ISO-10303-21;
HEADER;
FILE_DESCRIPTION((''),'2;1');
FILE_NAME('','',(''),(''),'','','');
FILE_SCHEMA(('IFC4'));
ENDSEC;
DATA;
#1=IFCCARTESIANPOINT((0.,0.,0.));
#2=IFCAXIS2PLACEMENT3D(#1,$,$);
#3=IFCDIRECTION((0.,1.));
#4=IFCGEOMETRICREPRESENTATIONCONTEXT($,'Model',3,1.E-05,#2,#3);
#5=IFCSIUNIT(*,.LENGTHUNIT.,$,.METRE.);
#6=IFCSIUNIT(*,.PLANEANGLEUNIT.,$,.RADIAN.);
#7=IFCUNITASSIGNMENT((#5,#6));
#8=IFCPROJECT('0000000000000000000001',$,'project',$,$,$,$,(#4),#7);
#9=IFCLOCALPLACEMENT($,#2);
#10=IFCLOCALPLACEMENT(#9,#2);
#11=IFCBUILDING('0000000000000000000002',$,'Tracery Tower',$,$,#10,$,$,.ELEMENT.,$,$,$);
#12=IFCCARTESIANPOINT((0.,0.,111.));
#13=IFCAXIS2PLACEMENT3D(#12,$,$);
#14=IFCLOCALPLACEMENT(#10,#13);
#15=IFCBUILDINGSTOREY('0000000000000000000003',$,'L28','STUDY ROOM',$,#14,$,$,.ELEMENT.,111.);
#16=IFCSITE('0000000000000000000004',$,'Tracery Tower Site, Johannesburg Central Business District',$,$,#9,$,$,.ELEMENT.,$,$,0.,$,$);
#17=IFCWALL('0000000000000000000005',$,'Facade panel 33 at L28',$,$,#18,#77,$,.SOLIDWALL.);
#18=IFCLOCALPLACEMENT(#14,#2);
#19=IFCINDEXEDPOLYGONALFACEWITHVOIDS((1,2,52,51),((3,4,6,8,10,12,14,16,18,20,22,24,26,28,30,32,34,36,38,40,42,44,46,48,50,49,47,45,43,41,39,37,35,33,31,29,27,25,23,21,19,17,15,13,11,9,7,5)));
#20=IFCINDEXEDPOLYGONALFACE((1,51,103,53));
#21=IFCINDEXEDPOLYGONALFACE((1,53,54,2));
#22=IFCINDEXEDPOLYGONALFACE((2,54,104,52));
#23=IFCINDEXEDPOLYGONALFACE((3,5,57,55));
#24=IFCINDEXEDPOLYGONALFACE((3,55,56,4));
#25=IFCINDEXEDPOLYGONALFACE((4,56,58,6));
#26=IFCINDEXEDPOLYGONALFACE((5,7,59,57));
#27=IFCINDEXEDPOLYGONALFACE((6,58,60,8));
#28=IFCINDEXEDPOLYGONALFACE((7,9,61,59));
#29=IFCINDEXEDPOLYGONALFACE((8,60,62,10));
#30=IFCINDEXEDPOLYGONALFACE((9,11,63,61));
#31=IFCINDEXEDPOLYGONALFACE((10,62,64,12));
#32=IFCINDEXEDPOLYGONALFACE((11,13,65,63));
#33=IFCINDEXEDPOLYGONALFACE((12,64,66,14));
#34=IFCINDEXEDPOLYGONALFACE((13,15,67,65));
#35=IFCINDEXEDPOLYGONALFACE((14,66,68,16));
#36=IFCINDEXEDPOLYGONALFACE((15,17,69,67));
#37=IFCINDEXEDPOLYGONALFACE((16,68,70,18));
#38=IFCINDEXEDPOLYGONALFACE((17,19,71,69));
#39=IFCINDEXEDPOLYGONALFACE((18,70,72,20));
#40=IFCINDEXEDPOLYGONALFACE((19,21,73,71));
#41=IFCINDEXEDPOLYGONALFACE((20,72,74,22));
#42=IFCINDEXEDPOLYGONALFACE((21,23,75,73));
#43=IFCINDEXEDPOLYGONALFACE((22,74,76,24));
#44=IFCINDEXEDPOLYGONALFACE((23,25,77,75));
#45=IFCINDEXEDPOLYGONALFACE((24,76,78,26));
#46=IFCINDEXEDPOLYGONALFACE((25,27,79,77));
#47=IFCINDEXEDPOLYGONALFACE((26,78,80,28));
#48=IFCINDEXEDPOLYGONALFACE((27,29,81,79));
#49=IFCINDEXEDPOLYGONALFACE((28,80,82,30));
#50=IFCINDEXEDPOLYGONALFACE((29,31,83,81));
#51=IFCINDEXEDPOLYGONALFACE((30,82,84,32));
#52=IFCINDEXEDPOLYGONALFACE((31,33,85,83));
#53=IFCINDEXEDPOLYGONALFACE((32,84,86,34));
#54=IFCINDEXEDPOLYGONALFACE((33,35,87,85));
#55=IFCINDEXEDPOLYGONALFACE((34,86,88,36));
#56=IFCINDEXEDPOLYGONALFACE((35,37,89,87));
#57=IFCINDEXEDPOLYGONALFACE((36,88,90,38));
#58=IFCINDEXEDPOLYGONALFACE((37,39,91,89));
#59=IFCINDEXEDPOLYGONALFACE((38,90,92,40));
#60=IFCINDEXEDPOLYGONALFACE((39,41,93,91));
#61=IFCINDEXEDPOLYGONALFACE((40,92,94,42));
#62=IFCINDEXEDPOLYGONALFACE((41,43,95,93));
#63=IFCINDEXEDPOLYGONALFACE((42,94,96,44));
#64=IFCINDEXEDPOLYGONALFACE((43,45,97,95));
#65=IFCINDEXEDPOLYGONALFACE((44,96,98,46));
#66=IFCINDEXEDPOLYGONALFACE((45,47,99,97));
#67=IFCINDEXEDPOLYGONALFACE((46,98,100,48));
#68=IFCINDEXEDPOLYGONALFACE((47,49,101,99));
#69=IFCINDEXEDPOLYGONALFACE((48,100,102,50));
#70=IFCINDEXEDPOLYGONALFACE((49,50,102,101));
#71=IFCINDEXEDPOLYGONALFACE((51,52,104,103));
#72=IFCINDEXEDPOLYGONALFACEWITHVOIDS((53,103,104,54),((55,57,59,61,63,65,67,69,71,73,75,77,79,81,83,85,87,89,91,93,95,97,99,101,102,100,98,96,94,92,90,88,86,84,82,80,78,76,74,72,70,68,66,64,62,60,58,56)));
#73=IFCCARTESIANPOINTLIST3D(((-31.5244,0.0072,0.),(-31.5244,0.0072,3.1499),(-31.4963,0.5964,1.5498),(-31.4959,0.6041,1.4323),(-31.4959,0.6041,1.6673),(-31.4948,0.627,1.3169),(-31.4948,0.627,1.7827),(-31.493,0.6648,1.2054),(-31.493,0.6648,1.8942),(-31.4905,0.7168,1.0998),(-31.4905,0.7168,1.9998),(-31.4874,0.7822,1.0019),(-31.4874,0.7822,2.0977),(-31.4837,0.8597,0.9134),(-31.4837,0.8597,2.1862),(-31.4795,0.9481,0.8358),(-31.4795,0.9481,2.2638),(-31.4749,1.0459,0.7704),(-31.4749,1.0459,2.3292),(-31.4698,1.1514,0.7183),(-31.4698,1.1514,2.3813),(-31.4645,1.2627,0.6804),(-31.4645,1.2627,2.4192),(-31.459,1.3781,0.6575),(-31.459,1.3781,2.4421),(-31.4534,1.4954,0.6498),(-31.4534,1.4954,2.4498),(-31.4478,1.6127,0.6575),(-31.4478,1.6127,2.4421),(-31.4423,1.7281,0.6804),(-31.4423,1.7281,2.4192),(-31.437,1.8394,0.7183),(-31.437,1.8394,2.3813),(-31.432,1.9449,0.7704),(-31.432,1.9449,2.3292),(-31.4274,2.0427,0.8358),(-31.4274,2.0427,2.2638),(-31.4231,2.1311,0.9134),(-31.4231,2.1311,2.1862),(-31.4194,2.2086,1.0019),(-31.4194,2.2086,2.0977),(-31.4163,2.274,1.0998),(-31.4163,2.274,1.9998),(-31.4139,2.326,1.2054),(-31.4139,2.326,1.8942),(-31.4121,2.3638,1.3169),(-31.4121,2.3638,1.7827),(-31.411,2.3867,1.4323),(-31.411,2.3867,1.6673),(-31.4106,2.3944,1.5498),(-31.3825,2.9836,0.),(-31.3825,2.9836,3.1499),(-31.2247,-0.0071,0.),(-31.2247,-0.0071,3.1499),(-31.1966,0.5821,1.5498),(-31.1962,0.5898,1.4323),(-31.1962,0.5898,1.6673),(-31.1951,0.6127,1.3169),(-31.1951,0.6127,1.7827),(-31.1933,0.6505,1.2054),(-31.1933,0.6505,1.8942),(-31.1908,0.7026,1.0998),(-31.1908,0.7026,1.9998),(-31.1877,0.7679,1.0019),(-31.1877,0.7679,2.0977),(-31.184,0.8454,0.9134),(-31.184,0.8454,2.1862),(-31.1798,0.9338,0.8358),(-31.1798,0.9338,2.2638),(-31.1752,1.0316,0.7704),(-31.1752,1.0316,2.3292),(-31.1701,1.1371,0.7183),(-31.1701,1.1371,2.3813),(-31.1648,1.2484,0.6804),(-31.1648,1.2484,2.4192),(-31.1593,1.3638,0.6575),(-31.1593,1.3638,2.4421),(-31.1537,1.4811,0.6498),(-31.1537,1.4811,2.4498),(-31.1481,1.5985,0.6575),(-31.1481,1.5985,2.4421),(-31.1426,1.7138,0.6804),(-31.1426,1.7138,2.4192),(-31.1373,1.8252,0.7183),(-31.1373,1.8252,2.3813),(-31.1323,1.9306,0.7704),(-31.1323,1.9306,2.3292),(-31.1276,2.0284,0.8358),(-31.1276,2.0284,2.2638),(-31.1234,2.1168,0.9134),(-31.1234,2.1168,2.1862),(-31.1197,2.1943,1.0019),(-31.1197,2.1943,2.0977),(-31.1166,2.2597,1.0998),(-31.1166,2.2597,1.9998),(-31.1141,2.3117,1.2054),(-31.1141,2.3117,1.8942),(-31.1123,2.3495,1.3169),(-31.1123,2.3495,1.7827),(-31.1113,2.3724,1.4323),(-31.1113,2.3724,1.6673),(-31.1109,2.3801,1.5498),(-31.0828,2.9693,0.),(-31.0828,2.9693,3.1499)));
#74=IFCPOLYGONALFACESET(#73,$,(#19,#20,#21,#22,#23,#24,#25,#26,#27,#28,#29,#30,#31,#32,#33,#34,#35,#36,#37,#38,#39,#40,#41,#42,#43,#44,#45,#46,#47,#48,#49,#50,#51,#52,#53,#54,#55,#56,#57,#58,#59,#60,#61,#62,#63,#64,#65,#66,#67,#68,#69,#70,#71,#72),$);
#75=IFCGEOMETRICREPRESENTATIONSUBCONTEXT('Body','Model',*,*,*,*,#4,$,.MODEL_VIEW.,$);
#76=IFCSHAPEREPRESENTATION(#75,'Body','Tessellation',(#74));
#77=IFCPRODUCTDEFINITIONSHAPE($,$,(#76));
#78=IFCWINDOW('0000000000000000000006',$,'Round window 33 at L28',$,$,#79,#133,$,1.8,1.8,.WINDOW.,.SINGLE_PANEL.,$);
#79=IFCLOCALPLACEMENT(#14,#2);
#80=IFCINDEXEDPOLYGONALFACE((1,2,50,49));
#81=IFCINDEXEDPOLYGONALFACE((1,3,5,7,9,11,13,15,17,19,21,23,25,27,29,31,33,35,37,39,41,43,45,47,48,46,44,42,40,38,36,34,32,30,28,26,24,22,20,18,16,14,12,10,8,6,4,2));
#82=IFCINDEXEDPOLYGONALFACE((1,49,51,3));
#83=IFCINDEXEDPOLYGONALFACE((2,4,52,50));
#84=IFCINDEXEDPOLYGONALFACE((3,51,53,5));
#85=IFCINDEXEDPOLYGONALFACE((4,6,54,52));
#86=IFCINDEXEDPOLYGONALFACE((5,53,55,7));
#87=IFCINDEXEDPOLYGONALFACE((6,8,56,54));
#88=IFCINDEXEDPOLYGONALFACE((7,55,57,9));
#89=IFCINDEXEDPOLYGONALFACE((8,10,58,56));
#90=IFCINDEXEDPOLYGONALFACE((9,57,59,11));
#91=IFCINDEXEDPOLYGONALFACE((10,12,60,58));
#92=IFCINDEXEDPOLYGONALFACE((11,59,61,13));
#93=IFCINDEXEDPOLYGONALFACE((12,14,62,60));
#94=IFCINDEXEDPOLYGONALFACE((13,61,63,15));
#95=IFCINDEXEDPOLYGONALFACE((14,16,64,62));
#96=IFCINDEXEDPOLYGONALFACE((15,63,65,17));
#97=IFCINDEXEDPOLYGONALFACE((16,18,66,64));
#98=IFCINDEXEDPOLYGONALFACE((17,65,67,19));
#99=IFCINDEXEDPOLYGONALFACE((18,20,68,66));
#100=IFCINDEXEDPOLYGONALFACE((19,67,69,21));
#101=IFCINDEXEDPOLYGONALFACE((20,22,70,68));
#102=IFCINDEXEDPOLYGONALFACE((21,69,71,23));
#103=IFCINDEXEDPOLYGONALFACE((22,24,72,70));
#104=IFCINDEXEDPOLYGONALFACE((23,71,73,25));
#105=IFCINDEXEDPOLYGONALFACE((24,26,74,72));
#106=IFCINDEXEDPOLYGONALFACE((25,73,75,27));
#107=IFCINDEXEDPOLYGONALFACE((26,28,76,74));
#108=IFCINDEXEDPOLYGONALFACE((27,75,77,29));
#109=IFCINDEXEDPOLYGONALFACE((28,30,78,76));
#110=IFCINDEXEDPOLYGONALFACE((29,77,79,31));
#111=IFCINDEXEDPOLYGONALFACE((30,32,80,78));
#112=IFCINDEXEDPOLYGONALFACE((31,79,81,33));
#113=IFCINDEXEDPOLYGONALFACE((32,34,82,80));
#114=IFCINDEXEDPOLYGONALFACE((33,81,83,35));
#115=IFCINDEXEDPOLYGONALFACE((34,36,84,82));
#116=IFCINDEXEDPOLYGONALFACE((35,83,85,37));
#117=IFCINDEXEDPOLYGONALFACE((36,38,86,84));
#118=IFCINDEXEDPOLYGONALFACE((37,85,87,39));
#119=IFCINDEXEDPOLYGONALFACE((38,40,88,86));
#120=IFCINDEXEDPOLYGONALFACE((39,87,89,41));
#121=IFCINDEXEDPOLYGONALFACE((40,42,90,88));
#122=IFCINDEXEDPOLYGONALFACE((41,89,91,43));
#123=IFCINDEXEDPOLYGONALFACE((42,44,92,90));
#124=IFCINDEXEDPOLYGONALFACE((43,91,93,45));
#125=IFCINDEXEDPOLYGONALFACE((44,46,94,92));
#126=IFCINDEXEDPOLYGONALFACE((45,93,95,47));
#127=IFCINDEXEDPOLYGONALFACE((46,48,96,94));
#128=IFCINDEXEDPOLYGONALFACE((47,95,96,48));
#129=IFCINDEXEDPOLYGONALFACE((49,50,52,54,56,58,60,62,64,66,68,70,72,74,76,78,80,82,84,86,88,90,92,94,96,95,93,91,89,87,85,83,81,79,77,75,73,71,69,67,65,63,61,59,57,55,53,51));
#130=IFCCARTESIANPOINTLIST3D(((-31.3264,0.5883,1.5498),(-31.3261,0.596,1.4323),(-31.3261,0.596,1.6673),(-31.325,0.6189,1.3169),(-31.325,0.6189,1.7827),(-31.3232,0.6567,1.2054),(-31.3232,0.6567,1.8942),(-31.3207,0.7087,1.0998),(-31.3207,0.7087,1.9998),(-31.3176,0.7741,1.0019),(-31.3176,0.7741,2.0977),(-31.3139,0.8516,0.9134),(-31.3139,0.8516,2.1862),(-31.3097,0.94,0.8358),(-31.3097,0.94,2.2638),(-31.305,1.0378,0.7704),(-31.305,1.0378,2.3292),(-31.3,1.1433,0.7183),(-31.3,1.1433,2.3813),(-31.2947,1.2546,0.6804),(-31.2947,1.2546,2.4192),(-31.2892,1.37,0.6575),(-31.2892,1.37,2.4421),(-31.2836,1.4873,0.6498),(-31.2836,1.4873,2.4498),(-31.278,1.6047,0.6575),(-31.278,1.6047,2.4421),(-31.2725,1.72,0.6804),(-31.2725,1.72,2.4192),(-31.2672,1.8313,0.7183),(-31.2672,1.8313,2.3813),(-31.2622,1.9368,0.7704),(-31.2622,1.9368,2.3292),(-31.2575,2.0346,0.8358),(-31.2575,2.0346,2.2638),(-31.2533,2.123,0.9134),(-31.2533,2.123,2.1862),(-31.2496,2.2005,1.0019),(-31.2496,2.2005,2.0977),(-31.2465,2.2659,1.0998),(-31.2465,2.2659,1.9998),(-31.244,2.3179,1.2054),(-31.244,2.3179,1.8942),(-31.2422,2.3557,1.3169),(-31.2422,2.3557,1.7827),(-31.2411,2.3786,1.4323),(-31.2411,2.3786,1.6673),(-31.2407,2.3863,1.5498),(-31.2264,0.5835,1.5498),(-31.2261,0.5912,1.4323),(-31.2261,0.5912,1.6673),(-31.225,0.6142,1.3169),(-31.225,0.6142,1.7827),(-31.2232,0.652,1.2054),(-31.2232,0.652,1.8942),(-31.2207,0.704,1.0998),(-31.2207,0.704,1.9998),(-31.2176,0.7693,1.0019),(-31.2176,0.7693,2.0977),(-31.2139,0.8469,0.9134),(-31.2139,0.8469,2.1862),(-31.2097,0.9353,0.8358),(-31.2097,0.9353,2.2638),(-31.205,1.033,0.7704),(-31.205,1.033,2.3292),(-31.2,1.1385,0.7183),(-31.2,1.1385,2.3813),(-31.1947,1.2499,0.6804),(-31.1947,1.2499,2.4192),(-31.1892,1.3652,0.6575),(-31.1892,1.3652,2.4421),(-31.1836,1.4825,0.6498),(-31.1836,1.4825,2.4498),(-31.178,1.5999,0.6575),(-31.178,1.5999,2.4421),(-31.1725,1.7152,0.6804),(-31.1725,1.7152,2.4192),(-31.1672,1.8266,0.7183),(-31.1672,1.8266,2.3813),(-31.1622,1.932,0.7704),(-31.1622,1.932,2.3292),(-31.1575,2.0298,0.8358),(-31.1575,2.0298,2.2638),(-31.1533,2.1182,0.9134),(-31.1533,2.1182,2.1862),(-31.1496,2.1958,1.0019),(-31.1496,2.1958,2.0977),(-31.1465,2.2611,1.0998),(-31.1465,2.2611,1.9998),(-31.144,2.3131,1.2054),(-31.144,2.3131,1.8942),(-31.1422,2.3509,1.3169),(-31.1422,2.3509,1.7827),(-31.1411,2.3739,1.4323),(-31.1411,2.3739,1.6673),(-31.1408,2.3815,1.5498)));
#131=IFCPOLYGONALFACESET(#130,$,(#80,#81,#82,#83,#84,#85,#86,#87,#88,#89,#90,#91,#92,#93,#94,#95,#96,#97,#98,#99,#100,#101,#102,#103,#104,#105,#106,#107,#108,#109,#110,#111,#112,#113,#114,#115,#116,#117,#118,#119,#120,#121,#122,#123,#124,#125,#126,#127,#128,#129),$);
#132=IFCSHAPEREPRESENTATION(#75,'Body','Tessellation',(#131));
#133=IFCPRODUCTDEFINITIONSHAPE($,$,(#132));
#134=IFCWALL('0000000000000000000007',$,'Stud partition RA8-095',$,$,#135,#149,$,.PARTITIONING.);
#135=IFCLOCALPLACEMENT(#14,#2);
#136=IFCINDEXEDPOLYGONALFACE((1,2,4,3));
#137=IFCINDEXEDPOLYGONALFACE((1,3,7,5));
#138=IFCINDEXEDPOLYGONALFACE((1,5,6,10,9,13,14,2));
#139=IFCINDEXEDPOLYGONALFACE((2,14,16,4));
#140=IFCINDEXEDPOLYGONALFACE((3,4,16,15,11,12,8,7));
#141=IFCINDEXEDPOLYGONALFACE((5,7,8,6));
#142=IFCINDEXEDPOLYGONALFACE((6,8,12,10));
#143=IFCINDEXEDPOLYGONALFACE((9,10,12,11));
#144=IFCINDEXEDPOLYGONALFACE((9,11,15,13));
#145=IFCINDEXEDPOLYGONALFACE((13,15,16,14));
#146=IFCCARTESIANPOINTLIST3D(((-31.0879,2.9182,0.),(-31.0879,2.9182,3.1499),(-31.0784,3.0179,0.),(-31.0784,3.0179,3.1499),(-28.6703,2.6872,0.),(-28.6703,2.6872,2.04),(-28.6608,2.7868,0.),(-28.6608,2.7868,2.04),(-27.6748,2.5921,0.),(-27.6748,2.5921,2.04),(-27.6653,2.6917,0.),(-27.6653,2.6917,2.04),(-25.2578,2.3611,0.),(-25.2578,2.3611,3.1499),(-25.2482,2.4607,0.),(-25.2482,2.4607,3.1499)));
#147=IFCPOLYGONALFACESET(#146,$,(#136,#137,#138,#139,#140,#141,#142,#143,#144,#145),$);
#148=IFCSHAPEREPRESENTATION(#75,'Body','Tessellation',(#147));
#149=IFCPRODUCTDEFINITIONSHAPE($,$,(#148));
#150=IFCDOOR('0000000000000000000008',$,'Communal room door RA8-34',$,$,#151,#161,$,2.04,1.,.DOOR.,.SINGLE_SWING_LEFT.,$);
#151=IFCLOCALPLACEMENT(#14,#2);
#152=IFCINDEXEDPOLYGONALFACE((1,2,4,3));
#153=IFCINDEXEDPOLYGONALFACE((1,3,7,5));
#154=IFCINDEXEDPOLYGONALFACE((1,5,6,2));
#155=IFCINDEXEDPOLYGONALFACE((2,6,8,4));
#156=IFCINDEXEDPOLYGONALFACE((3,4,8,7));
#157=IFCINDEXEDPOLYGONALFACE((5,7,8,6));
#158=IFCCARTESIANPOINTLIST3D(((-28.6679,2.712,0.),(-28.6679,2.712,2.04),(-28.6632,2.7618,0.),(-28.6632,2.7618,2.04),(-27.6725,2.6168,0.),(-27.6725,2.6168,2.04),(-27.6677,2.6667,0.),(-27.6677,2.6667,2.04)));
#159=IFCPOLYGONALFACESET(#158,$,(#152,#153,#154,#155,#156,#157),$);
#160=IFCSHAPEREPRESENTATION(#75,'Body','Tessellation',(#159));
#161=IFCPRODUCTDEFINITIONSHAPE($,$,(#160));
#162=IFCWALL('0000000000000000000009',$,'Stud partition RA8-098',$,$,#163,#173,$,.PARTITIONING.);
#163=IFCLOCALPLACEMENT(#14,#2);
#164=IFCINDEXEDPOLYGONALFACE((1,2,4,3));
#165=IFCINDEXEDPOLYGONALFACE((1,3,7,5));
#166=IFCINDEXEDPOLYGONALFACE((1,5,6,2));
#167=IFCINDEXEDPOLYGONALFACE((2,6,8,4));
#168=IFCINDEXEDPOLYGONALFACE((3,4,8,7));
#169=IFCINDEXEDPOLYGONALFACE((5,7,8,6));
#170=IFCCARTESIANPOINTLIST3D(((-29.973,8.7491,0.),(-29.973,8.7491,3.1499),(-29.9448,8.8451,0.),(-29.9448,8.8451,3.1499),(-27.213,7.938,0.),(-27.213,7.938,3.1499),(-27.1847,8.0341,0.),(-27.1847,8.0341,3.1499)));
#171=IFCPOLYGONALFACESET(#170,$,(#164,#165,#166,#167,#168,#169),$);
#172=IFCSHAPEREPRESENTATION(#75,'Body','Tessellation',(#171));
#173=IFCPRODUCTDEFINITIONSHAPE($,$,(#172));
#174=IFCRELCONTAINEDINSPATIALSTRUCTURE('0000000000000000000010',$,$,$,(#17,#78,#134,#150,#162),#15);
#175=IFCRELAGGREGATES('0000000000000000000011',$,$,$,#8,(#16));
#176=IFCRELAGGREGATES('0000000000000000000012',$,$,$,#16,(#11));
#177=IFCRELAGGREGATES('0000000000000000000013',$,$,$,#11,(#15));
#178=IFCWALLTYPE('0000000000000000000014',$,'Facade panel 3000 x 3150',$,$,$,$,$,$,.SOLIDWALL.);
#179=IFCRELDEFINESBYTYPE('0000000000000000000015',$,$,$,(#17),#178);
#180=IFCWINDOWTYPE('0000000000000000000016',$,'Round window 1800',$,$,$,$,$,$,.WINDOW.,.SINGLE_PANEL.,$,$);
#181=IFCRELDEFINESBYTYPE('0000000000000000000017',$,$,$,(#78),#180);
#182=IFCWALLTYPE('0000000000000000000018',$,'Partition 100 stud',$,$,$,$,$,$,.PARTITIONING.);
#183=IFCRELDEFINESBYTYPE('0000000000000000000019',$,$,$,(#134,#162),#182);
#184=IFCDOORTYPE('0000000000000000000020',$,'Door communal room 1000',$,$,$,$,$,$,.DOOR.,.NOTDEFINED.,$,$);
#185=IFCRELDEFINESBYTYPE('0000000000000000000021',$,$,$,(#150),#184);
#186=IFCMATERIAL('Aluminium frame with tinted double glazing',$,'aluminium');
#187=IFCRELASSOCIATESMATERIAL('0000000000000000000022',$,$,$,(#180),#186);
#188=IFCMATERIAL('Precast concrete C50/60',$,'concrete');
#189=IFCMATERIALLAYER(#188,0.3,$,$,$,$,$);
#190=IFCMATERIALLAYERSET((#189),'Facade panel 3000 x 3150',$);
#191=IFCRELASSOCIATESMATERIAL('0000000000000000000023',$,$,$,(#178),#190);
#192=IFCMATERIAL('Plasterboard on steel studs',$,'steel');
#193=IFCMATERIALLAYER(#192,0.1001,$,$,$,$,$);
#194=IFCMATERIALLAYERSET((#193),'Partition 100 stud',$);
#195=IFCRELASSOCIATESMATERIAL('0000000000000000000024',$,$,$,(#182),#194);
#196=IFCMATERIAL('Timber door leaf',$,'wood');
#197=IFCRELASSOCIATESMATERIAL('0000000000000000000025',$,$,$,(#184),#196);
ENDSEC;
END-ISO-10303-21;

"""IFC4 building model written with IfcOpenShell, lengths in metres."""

from ifc_helpers import new_model, si_unit, direction, frame, frame_2d, origin, origin_2d, place, context, subcontext, project, spatial, rectangle, circle, extrude, material, layer, layer_set, type_object, element, fill, save


model = new_model("IFC4")

# Units and contexts
model_context = context("Model", 3, precision=1e-05, world=origin(), true_north=direction((0.0, 1.0)))
body_context = subcontext(model_context, "Body", "Model", "MODEL_VIEW")
ifc_project = project(units=[si_unit("LENGTHUNIT", "METRE"), si_unit("PLANEANGLEUNIT", "RADIAN")], contexts=[model_context])

# Site, building, storey
site_placement = place(None, origin())
site = spatial("IfcSite", under=ifc_project, at=site_placement, Name="Tracery Tower Site, Johannesburg Central Business District", CompositionType="ELEMENT", RefElevation=0.0)
building_placement = place(site_placement, origin())
building = spatial("IfcBuilding", under=site, at=building_placement, Name="Tracery Tower", CompositionType="ELEMENT")
storey_placement = place(building_placement, frame((0.0, 0.0, 111.0)))
storey = spatial("IfcBuildingStorey", under=building, at=storey_placement, Name="L28", Description="STUDY ROOM", CompositionType="ELEMENT", Elevation=111.0)

# Wall, opening, window
ifc_material_1 = material(Name="Aluminium frame with tinted double glazing", Category="aluminium")
window_type = type_object("IfcWindowType", Name="Round window 1800", PartitioningType="SINGLE_PANEL", PredefinedType="WINDOW", material=ifc_material_1)
ifc_material_2 = material(Name="Precast concrete C50/60", Category="concrete")
ifc_layer_1 = layer(ifc_material_2, 0.3)
ifc_layer_set_1 = layer_set([ifc_layer_1], Name="Facade panel 3000 x 3150")
wall_type_1 = type_object("IfcWallType", Name="Facade panel 3000 x 3150", PredefinedType="SOLIDWALL", material=ifc_layer_set_1)
wall_1_placement = place(storey_placement, frame((-31.2327, 2.9763, 0.0), z_axis=(0.0, 0.0, 1.0), x_axis=(-0.047604, -0.998866, 0.0)))
wall_1 = element("IfcWall", 1, at=wall_1_placement, inside=storey, type_object=wall_type_1, Name="Facade panel 33 at L28", PredefinedType="SOLIDWALL", context=body_context, shape_type="SweptSolid", body=[
    extrude(rectangle(XDim=2.9797, YDim=0.3, at=frame_2d((1.4897, 0.0))), origin(), (0.0, 0.0, 1.0), 3.1499),
])
opening_1_placement = place(wall_1_placement, frame((1.4897, 0.0, 1.5498)))
opening_1 = element("IfcOpeningElement", 2, at=opening_1_placement, cuts=wall_1, PredefinedType="OPENING", context=body_context, shape_type="SweptSolid", body=[
    extrude(circle(Radius=0.9, at=origin_2d()), frame((0.0, 0.1599, 0.0), z_axis=(0.0, -1.0, 0.0), x_axis=(1.0, 0.0, 0.0)), (0.0, 0.0, 1.0), 0.3201),
])
window_1_placement = place(opening_1_placement, origin())
window_1 = element("IfcWindow", 3, at=window_1_placement, inside=storey, type_object=window_type, Name="Round window 33 at L28", OverallHeight=1.8, OverallWidth=1.8, PartitioningType="SINGLE_PANEL", PredefinedType="WINDOW", context=body_context, shape_type="SweptSolid", body=[
    extrude(circle(Radius=0.9, at=origin_2d()), frame((0.0, 0.1201, 0.0), z_axis=(0.0, -1.0, 0.0), x_axis=(1.0, 0.0, 0.0)), (0.0, 0.0, 1.0), 0.1001),
])
fill(opening_1, window_1)

# Wall, opening, door
ifc_material_3 = material(Name="Plasterboard on steel studs", Category="steel")
ifc_layer_2 = layer(ifc_material_3, 0.1001)
ifc_layer_set_2 = layer_set([ifc_layer_2], Name="Partition 100 stud")
wall_type_2 = type_object("IfcWallType", Name="Partition 100 stud", PredefinedType="PARTITIONING", material=ifc_layer_set_2)
wall_2_placement = place(storey_placement, frame((-31.083, 2.968, 0.0), z_axis=(0.0, 0.0, 1.0), x_axis=(0.995465, -0.095128, 0.0)))
wall_2 = element("IfcWall", 4, at=wall_2_placement, inside=storey, type_object=wall_type_2, Name="Stud partition RA8-095", PredefinedType="PARTITIONING", context=body_context, shape_type="SweptSolid", body=[
    extrude(rectangle(XDim=5.8567, YDim=0.1001, at=frame_2d((2.9282, 0.0))), origin(), (0.0, 0.0, 1.0), 3.1499),
])
opening_2_placement = place(wall_2_placement, frame((2.4285, 0.0, 0.0)))
opening_2 = element("IfcOpeningElement", 5, at=opening_2_placement, cuts=wall_2, PredefinedType="OPENING", context=body_context, shape_type="SweptSolid", body=[
    extrude(rectangle(XDim=1.0, YDim=2.04, at=frame_2d((0.5, 1.02))), frame((0.0, 0.05, 0.0), z_axis=(0.0, -1.0, 0.0), x_axis=(1.0, 0.0, 0.0)), (0.0, 0.0, 1.0), 0.1001),
])
ifc_material_4 = material(Name="Timber door leaf", Category="wood")
door_type_1 = type_object("IfcDoorType", Name="Door communal room 1000", OperationType="NOTDEFINED", PredefinedType="DOOR", material=ifc_material_4)
door_1_placement = place(opening_2_placement, origin())
door_1 = element("IfcDoor", 6, at=door_1_placement, inside=storey, type_object=door_type_1, Name="Communal room door RA8-34", OperationType="SINGLE_SWING_LEFT", OverallHeight=2.04, OverallWidth=1.0, PredefinedType="DOOR", context=body_context, shape_type="SweptSolid", body=[
    extrude(rectangle(XDim=1.0, YDim=2.04, at=frame_2d((0.5, 1.02))), frame((0.0, 0.0249, 0.0), z_axis=(0.0, -1.0, 0.0), x_axis=(1.0, 0.0, 0.0)), (0.0, 0.0, 1.0), 0.05),
])
fill(opening_2, door_1)

# Wall
wall_3_placement = place(storey_placement, frame((-29.959, 8.7971, 0.0), z_axis=(0.0, 0.0, 1.0), x_axis=(0.959434, -0.281932, 0.0)))
element("IfcWall", 7, at=wall_3_placement, inside=storey, type_object=wall_type_2, Name="Stud partition RA8-098", PredefinedType="PARTITIONING", context=body_context, shape_type="SweptSolid", body=[
    extrude(rectangle(XDim=2.8767, YDim=0.1001, at=frame_2d((1.4385, 0.0))), origin(), (0.0, 0.0, 1.0), 3.1499),
])

save(model, "model.ifc")
